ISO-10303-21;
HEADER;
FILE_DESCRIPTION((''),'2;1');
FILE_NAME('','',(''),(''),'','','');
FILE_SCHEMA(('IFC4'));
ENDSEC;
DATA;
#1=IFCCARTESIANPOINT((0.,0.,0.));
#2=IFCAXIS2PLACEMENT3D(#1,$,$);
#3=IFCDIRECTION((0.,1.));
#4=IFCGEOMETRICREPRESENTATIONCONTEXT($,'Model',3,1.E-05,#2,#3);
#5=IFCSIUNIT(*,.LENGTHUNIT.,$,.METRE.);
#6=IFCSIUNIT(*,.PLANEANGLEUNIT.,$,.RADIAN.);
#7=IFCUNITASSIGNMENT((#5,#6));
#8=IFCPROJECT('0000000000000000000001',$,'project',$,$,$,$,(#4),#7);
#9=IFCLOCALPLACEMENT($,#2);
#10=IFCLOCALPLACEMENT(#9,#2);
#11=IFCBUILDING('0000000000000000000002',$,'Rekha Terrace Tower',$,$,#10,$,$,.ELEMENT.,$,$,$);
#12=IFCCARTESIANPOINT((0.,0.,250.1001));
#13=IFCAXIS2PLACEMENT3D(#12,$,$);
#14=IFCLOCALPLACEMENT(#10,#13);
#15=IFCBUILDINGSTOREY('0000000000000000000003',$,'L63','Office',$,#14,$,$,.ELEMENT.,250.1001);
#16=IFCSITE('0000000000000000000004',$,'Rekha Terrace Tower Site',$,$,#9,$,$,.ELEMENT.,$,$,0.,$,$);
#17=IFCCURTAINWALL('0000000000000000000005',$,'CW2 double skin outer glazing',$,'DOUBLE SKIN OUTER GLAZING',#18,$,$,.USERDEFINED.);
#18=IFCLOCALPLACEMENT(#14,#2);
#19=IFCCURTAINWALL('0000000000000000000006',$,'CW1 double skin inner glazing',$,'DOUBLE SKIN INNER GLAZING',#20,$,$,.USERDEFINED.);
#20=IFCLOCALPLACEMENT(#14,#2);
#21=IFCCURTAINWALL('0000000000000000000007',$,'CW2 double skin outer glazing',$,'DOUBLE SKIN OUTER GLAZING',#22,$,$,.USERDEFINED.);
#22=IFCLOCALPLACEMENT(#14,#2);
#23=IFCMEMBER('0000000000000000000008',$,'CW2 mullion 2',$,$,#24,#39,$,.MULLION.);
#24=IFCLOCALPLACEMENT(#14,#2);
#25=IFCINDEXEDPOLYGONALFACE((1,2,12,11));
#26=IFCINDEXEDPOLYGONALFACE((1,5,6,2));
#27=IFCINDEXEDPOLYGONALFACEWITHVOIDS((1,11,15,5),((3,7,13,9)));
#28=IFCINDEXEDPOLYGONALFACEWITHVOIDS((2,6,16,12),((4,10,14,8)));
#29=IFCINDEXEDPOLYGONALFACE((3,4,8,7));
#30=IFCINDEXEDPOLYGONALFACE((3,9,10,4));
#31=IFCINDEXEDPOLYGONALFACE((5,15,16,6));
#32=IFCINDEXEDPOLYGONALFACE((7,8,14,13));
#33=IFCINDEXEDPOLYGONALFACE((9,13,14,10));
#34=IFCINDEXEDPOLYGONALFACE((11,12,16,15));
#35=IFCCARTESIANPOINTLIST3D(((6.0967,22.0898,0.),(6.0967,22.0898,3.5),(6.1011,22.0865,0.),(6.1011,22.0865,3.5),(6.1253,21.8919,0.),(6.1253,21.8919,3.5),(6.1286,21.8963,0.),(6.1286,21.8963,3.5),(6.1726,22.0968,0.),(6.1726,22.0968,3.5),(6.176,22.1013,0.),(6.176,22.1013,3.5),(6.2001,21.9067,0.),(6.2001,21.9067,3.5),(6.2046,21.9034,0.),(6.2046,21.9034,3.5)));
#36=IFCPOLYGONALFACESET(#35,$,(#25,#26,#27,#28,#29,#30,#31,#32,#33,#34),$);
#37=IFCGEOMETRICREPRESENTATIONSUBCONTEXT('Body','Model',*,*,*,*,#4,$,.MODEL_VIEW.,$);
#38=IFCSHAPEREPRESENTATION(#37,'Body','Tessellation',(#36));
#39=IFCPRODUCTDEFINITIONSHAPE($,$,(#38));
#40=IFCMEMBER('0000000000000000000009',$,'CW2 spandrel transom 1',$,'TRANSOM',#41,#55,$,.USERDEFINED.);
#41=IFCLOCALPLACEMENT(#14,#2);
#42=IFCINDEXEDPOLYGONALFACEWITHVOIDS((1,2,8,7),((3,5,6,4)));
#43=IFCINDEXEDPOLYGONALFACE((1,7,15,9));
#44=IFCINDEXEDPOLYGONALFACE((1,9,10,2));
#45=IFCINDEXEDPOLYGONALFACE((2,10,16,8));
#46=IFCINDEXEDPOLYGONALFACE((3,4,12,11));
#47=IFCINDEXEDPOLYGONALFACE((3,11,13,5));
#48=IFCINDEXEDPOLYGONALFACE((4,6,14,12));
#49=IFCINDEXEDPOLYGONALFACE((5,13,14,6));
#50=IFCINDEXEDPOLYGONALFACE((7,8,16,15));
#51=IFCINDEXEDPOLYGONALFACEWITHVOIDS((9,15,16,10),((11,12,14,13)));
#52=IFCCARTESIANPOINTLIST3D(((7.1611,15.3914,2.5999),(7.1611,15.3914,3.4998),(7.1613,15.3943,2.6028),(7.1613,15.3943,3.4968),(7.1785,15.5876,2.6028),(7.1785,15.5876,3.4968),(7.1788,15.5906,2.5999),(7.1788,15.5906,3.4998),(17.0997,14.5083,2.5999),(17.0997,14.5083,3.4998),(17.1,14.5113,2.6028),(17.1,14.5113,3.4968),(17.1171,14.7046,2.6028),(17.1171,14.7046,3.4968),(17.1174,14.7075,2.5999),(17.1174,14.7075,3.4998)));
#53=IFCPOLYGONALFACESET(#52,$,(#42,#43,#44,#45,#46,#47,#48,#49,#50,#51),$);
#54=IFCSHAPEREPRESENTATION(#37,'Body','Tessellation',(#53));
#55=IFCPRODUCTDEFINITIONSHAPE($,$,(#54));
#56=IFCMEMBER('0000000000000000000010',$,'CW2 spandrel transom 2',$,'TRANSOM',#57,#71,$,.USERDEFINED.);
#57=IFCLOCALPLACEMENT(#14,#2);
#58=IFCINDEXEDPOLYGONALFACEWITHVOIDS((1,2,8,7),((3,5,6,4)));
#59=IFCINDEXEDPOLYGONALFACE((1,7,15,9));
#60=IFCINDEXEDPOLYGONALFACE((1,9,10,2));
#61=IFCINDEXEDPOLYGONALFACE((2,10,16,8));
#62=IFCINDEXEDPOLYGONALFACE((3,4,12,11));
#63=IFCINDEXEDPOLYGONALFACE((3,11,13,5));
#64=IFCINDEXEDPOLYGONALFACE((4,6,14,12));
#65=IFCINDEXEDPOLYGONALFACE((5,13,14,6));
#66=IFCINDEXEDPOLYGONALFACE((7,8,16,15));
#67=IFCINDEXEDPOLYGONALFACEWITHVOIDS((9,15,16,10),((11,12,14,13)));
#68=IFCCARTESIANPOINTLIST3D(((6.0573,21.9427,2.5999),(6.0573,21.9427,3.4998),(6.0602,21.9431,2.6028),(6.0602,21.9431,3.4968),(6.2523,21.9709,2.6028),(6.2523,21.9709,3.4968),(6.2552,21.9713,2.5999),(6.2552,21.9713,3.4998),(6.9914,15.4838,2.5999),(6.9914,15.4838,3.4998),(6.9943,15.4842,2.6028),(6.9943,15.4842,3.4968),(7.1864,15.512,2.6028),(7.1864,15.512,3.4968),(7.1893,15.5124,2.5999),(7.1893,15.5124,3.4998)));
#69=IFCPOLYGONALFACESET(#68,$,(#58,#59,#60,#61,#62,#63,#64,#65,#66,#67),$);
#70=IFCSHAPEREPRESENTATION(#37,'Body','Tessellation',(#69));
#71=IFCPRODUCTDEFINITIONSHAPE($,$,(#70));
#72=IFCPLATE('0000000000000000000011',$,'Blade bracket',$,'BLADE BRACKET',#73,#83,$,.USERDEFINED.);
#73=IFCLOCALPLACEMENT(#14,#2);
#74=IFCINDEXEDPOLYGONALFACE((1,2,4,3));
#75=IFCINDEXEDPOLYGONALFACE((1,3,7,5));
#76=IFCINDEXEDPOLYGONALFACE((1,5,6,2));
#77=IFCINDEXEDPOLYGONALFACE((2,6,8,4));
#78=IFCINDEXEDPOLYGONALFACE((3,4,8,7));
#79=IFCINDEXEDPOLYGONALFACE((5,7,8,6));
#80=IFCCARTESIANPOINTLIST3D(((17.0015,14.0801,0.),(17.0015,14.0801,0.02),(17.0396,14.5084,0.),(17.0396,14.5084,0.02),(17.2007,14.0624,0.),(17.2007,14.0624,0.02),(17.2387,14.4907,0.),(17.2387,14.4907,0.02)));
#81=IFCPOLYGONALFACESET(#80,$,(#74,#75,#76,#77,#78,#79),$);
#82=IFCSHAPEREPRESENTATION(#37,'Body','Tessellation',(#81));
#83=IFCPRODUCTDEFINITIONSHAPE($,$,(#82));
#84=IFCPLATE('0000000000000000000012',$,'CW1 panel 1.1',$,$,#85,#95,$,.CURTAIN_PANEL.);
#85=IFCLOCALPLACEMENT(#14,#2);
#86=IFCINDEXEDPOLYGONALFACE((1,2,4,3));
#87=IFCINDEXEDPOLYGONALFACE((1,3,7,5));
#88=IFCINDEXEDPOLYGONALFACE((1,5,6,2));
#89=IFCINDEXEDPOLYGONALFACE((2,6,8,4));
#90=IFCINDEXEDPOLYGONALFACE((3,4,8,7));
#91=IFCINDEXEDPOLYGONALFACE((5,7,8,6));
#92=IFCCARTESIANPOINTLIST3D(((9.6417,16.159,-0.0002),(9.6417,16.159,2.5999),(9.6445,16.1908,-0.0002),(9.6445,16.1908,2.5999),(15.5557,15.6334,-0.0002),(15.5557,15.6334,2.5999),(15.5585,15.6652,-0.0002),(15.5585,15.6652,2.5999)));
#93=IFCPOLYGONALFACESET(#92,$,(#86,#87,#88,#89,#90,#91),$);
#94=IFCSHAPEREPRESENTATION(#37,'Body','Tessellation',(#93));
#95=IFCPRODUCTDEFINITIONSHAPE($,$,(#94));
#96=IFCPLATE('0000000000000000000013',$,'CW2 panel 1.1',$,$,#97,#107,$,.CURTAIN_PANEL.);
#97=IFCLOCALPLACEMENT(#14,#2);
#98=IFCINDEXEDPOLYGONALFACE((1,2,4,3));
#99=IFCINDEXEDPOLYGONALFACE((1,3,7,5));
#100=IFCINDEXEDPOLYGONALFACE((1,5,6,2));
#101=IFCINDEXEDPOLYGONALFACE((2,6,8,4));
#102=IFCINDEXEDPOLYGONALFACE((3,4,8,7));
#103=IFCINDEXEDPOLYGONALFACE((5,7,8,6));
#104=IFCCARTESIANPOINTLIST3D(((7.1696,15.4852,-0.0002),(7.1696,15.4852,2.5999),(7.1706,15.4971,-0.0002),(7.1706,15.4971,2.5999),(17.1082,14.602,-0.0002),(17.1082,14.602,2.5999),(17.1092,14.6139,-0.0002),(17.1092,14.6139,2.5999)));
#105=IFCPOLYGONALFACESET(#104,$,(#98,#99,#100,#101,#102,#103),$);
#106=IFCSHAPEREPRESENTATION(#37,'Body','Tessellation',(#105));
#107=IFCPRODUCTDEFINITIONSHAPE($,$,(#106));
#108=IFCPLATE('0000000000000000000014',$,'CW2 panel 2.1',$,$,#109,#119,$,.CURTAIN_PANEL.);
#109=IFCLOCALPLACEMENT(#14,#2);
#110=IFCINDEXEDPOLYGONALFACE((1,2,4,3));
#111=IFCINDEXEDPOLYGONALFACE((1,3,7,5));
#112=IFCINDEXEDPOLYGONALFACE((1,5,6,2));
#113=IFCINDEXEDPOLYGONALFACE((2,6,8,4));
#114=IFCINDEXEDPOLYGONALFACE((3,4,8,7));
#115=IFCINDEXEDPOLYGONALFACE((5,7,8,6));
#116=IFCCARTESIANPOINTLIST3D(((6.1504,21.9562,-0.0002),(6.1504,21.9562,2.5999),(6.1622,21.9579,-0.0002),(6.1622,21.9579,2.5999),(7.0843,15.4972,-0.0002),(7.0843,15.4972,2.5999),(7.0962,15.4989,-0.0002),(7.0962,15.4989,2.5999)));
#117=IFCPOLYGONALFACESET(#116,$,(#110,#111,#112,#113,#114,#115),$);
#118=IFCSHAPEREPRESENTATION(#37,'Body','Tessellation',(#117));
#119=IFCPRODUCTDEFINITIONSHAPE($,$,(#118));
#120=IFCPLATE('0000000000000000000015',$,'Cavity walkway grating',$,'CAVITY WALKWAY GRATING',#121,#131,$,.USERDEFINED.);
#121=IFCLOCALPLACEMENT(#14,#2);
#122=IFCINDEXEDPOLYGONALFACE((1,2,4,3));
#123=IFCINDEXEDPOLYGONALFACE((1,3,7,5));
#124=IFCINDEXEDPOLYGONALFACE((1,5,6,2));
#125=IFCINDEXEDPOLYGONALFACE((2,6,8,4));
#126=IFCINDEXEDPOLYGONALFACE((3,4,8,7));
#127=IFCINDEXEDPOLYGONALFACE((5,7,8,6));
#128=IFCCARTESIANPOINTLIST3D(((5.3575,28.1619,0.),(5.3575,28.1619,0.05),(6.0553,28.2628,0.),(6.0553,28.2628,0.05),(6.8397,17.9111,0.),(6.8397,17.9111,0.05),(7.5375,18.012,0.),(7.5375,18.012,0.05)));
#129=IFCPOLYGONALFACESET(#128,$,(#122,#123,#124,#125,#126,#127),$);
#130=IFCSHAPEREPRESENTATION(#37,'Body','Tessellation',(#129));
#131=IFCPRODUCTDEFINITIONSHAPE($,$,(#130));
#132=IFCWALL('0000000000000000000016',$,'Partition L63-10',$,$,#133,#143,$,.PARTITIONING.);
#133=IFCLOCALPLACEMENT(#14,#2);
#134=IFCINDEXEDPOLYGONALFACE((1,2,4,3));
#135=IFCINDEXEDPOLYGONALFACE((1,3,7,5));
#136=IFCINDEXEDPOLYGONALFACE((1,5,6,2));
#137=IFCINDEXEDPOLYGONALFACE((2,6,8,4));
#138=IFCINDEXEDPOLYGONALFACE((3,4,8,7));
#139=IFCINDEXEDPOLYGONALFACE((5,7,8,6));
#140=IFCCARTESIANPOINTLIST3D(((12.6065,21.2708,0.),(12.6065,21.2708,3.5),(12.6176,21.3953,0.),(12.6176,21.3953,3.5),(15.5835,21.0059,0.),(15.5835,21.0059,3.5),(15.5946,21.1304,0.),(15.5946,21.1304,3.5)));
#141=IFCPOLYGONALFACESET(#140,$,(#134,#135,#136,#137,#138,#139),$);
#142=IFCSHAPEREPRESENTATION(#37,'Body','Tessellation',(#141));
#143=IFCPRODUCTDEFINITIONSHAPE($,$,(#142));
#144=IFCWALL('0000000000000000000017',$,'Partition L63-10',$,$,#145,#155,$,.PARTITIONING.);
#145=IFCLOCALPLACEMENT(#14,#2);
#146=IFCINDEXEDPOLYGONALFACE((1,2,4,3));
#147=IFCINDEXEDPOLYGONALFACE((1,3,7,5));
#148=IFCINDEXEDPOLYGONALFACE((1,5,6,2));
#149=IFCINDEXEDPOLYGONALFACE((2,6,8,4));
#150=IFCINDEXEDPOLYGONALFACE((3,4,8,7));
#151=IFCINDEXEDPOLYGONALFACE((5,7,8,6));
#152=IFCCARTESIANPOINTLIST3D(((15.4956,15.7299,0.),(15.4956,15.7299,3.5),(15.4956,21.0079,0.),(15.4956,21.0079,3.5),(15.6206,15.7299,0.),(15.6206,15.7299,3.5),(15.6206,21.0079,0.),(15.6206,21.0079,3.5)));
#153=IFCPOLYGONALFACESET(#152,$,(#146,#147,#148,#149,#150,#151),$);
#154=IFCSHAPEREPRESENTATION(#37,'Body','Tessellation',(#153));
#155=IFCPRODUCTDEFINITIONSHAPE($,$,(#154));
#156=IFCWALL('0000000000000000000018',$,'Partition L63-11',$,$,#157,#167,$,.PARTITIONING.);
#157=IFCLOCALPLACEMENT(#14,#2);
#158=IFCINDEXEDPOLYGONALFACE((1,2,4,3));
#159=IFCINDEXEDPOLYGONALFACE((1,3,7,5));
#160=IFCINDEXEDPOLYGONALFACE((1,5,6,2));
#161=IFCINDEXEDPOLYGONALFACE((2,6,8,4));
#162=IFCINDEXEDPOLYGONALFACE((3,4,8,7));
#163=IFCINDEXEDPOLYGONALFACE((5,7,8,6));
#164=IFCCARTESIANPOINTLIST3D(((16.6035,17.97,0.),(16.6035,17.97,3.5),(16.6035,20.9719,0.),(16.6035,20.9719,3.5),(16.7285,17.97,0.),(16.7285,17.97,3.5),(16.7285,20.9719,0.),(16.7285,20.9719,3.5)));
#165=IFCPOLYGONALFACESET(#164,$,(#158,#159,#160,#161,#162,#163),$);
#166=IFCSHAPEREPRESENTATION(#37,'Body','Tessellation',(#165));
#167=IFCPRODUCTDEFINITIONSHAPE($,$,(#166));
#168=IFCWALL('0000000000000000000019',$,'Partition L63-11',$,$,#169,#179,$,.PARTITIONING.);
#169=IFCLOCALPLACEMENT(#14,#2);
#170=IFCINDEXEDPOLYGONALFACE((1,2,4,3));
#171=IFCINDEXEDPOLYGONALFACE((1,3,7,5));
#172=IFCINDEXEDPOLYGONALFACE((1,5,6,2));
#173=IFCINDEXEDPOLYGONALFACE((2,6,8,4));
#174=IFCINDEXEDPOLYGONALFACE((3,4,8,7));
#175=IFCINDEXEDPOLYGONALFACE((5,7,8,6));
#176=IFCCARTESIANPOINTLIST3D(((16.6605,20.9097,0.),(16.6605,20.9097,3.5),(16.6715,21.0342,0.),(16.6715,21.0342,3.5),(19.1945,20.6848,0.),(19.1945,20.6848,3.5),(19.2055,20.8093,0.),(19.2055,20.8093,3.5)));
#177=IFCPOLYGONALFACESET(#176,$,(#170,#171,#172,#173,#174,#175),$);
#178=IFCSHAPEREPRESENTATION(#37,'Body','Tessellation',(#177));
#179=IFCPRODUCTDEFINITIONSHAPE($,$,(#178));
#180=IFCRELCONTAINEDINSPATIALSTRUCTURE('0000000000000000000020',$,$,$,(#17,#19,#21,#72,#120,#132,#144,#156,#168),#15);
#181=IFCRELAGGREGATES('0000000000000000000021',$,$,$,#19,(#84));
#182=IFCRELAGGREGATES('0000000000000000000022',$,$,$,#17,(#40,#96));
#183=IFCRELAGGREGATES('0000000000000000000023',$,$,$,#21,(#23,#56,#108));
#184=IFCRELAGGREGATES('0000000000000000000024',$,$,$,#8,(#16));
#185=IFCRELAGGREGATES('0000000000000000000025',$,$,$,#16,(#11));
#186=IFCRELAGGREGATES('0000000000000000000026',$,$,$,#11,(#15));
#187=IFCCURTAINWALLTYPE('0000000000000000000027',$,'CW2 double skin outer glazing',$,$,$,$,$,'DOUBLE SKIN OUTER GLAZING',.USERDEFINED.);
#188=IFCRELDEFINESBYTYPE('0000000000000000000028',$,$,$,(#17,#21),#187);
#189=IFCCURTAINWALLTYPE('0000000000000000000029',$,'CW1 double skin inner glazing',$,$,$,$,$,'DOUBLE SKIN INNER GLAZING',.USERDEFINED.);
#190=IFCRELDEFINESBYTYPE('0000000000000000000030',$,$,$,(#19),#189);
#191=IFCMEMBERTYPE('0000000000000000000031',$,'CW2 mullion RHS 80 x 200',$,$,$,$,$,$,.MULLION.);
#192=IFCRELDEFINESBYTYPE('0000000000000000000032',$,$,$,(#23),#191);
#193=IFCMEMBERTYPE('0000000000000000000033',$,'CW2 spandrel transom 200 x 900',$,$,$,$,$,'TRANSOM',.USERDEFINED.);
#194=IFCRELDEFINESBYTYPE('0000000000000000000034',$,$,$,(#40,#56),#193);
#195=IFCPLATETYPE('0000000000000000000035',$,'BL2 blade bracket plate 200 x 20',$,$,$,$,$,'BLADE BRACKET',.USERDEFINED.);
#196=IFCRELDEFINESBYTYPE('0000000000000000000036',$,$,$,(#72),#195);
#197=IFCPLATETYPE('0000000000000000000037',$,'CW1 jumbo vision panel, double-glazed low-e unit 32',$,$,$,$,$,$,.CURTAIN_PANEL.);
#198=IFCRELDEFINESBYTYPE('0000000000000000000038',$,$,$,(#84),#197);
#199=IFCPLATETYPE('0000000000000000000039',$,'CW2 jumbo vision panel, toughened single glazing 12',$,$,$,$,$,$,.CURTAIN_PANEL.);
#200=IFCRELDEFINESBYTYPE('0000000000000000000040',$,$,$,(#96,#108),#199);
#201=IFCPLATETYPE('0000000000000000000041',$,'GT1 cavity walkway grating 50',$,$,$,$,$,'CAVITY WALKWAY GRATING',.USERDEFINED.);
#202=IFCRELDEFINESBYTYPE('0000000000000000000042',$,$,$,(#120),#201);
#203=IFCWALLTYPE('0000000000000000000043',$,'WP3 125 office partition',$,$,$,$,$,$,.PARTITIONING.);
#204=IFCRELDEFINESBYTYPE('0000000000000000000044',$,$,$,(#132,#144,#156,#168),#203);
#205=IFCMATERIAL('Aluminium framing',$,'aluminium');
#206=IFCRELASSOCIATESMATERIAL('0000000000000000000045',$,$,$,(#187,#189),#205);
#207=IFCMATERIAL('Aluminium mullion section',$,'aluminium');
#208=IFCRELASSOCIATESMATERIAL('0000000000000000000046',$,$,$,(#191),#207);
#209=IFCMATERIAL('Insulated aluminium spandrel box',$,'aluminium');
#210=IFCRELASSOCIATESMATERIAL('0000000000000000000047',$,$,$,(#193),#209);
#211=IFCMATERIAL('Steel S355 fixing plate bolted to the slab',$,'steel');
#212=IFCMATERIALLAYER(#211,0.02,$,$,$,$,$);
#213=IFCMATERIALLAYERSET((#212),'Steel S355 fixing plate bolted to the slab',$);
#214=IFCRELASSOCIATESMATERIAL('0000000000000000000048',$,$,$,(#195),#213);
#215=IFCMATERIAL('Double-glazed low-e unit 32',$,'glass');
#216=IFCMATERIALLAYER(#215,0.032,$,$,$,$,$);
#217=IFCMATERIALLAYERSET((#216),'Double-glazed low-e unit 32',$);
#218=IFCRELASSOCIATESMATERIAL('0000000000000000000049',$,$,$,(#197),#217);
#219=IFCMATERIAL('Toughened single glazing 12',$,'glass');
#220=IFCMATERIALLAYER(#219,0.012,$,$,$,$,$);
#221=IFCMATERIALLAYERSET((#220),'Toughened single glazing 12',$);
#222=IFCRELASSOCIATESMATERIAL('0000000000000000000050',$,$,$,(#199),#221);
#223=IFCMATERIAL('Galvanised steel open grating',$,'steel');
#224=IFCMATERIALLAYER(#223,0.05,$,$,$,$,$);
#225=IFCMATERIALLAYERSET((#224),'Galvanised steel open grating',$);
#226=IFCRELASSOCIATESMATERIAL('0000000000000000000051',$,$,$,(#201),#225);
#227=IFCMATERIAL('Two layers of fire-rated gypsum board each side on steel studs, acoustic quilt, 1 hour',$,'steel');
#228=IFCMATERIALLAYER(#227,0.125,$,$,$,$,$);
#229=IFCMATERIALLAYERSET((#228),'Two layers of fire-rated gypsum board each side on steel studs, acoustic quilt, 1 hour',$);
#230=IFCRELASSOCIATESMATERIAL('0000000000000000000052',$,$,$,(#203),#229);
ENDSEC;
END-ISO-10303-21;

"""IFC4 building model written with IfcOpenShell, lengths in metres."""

from ifc_helpers import new_model, si_unit, direction, frame, frame_2d, origin, origin_2d, place, context, subcontext, project, spatial, rectangle, hollow_rectangle, extrude, material, layer, layer_set, material_profile, profile_set, type_object, element, aggregate, save


model = new_model("IFC4")

# Units and contexts
model_context = context("Model", 3, precision=1e-05, world=origin(), true_north=direction((0.0, 1.0)))
body_context = subcontext(model_context, "Body", "Model", "MODEL_VIEW")
ifc_project = project(units=[si_unit("LENGTHUNIT", "METRE"), si_unit("PLANEANGLEUNIT", "RADIAN")], contexts=[model_context])

# Site, building, storey
site_placement = place(None, origin())
site = spatial("IfcSite", under=ifc_project, at=site_placement, Name="Rekha Terrace Tower Site", CompositionType="ELEMENT", RefElevation=0.0)
building_placement = place(site_placement, origin())
building = spatial("IfcBuilding", under=site, at=building_placement, Name="Rekha Terrace Tower", CompositionType="ELEMENT")
storey_placement = place(building_placement, frame((0.0, 0.0, 250.1001)))
storey = spatial("IfcBuildingStorey", under=building, at=storey_placement, Name="L63", Description="Office", CompositionType="ELEMENT", Elevation=250.1001)

# Curtain wall
ifc_material_1 = material(Name="Aluminium framing", Category="aluminium")
curtain_wall_type_1 = type_object("IfcCurtainWallType", Name="CW2 double skin outer glazing", ElementType="DOUBLE SKIN OUTER GLAZING", PredefinedType="USERDEFINED", material=ifc_material_1)
curtain_wall_1_placement = place(storey_placement, origin())
curtain_wall_1 = element("IfcCurtainWall", 1, at=curtain_wall_1_placement, inside=storey, type_object=curtain_wall_type_1, Name="CW2 double skin outer glazing", ObjectType="DOUBLE SKIN OUTER GLAZING", PredefinedType="USERDEFINED")

# Curtain wall
curtain_wall_type_2 = type_object("IfcCurtainWallType", Name="CW1 double skin inner glazing", ElementType="DOUBLE SKIN INNER GLAZING", PredefinedType="USERDEFINED", material=ifc_material_1)
curtain_wall_2_placement = place(storey_placement, origin())
curtain_wall_2 = element("IfcCurtainWall", 2, at=curtain_wall_2_placement, inside=storey, type_object=curtain_wall_type_2, Name="CW1 double skin inner glazing", ObjectType="DOUBLE SKIN INNER GLAZING", PredefinedType="USERDEFINED")
ifc_material_2 = material(Name="Aluminium mullion section", Category="aluminium")

# Shared definitions
ifc_material_3 = material(Name="Insulated aluminium spandrel box", Category="aluminium")
ifc_material_profile_1 = material_profile(ifc_material_2, hollow_rectangle(XDim=0.0801, YDim=0.2, WallThickness=0.0039, at=origin_2d()), Name="AL RHS 80x200")
ifc_profile_set_1 = profile_set([ifc_material_profile_1], Name="Aluminium mullion section")
member_type_1 = type_object("IfcMemberType", Name="CW2 mullion RHS 80 x 200", PredefinedType="MULLION", material=ifc_profile_set_1)

# Curtain wall, member
curtain_wall_3_placement = place(storey_placement, origin())
curtain_wall_3 = element("IfcCurtainWall", 3, at=curtain_wall_3_placement, inside=storey, type_object=curtain_wall_type_1, Name="CW2 double skin outer glazing", ObjectType="DOUBLE SKIN OUTER GLAZING", PredefinedType="USERDEFINED")
member_1_placement = place(storey_placement, frame((6.1506, 21.9966, 0.0), z_axis=(0.0, 0.0, 1.0), x_axis=(0.989707, 0.143108, 0.0)))
member_1 = element("IfcMember", 4, at=member_1_placement, type_object=member_type_1, Name="CW2 mullion 2", PredefinedType="MULLION", context=body_context, shape_type="SweptSolid", body=[
    extrude(hollow_rectangle(XDim=0.0801, YDim=0.2, WallThickness=0.0039, at=origin_2d()), origin(), (0.0, 0.0, 1.0), 3.5),
])

# Members
ifc_material_profile_2 = material_profile(ifc_material_3, hollow_rectangle(XDim=0.2, YDim=0.8999, WallThickness=0.0029, at=origin_2d()), Name="AL SPANDREL BOX 200x900")
ifc_profile_set_2 = profile_set([ifc_material_profile_2], Name="Insulated aluminium spandrel box")
member_type_2 = type_object("IfcMemberType", Name="CW2 spandrel transom 200 x 900", ElementType="TRANSOM", PredefinedType="USERDEFINED", material=ifc_profile_set_2)
member_2_placement = place(storey_placement, frame((7.1699, 15.491, 3.0498), z_axis=(0.996076, -0.088501, 0.0), x_axis=(0.088501, 0.996076, 0.0)))
member_2 = element("IfcMember", 5, at=member_2_placement, type_object=member_type_2, Name="CW2 spandrel transom 1", ObjectType="TRANSOM", PredefinedType="USERDEFINED", context=body_context, shape_type="SweptSolid", body=[
    extrude(hollow_rectangle(XDim=0.2, YDim=0.8999, WallThickness=0.0029, at=origin_2d()), origin(), (0.0, 0.0, 1.0), 9.9778),
])
member_3_placement = place(storey_placement, frame((6.1562, 21.957, 3.0498), z_axis=(0.143129, -0.989704, 0.0), x_axis=(0.989704, 0.143129, 0.0)))
member_3 = element("IfcMember", 6, at=member_3_placement, type_object=member_type_2, Name="CW2 spandrel transom 2", ObjectType="TRANSOM", PredefinedType="USERDEFINED", context=body_context, shape_type="SweptSolid", body=[
    extrude(hollow_rectangle(XDim=0.2, YDim=0.8999, WallThickness=0.0029, at=origin_2d()), origin(), (0.0, 0.0, 1.0), 6.5261),
])

# Plates
ifc_material_4 = material(Name="Steel S355 fixing plate bolted to the slab", Category="steel")
ifc_layer_1 = layer(ifc_material_4, 0.02)
ifc_layer_set_1 = layer_set([ifc_layer_1], Name="Steel S355 fixing plate bolted to the slab")
plate_type_1 = type_object("IfcPlateType", Name="BL2 blade bracket plate 200 x 20", ElementType="BLADE BRACKET", PredefinedType="USERDEFINED", material=ifc_layer_set_1)
plate_1_placement = place(storey_placement, frame((17.1201, 14.2854, 0.0), z_axis=(0.0, 0.0, 1.0), x_axis=(-0.088522, -0.996074, 0.0)))
element("IfcPlate", 7, at=plate_1_placement, inside=storey, type_object=plate_type_1, Name="Blade bracket", ObjectType="BLADE BRACKET", PredefinedType="USERDEFINED", context=body_context, shape_type="SweptSolid", body=[
    extrude(rectangle(XDim=0.4299, YDim=0.2, at=origin_2d()), origin(), (0.0, 0.0, 1.0), 0.02),
])
ifc_material_5 = material(Name="Double-glazed low-e unit 32", Category="glass")
ifc_layer_2 = layer(ifc_material_5, 0.032)
ifc_layer_set_2 = layer_set([ifc_layer_2], Name="Double-glazed low-e unit 32")
plate_type_2 = type_object("IfcPlateType", Name="CW1 jumbo vision panel, double-glazed low-e unit 32", PredefinedType="CURTAIN_PANEL", material=ifc_layer_set_2)
plate_2_placement = place(storey_placement, frame((12.6001, 15.9121, -0.0002), z_axis=(0.0, 0.0, 1.0), x_axis=(0.996074, -0.088522, 0.0)))
plate_2 = element("IfcPlate", 8, at=plate_2_placement, type_object=plate_type_2, Name="CW1 panel 1.1", PredefinedType="CURTAIN_PANEL", context=body_context, shape_type="SweptSolid", body=[
    extrude(rectangle(XDim=5.9373, YDim=0.032, at=origin_2d()), origin(), (0.0, 0.0, 1.0), 2.6001),
])
aggregate(curtain_wall_2, [plate_2])
ifc_material_6 = material(Name="Toughened single glazing 12", Category="glass")
ifc_layer_3 = layer(ifc_material_6, 0.012)
ifc_layer_set_3 = layer_set([ifc_layer_3], Name="Toughened single glazing 12")
plate_type_3 = type_object("IfcPlateType", Name="CW2 jumbo vision panel, toughened single glazing 12", PredefinedType="CURTAIN_PANEL", material=ifc_layer_set_3)
plate_3_placement = place(storey_placement, frame((12.1394, 15.0496, -0.0002), z_axis=(0.0, 0.0, 1.0), x_axis=(0.996074, -0.088522, 0.0)))
plate_3 = element("IfcPlate", 9, at=plate_3_placement, type_object=plate_type_3, Name="CW2 panel 1.1", PredefinedType="CURTAIN_PANEL", context=body_context, shape_type="SweptSolid", body=[
    extrude(rectangle(XDim=9.9778, YDim=0.012, at=origin_2d()), origin(), (0.0, 0.0, 1.0), 2.6001),
])
aggregate(curtain_wall_1, [member_2, plate_3])
plate_4_placement = place(storey_placement, frame((6.6233, 18.7275, -0.0002), z_axis=(0.0, 0.0, 1.0), x_axis=(0.143108, -0.989707, 0.0)))
plate_4 = element("IfcPlate", 10, at=plate_4_placement, type_object=plate_type_3, Name="CW2 panel 2.1", PredefinedType="CURTAIN_PANEL", context=body_context, shape_type="SweptSolid", body=[
    extrude(rectangle(XDim=6.5261, YDim=0.012, at=origin_2d()), origin(), (0.0, 0.0, 1.0), 2.6001),
])
aggregate(curtain_wall_3, [member_1, member_3, plate_4])
ifc_material_7 = material(Name="Galvanised steel open grating", Category="steel")
ifc_layer_4 = layer(ifc_material_7, 0.05)
ifc_layer_set_4 = layer_set([ifc_layer_4], Name="Galvanised steel open grating")
plate_type_4 = type_object("IfcPlateType", Name="GT1 cavity walkway grating 50", ElementType="CAVITY WALKWAY GRATING", PredefinedType="USERDEFINED", material=ifc_layer_set_4)
plate_5_placement = place(storey_placement, frame((6.4475, 23.0869, 0.0), z_axis=(0.0, 0.0, 1.0), x_axis=(0.143108, -0.989707, 0.0)))
element("IfcPlate", 11, at=plate_5_placement, inside=storey, type_object=plate_type_4, Name="Cavity walkway grating", ObjectType="CAVITY WALKWAY GRATING", PredefinedType="USERDEFINED", context=body_context, shape_type="SweptSolid", body=[
    extrude(rectangle(XDim=10.3574, YDim=0.7051, at=origin_2d()), origin(), (0.0, 0.0, 1.0), 0.05),
])

# Walls
ifc_material_8 = material(Name="Two layers of fire-rated gypsum board each side on steel studs, acoustic quilt, 1 hour", Category="steel")
ifc_layer_5 = layer(ifc_material_8, 0.125)
ifc_layer_set_5 = layer_set([ifc_layer_5], Name="Two layers of fire-rated gypsum board each side on steel studs, acoustic quilt, 1 hour")
wall_type = type_object("IfcWallType", Name="WP3 125 office partition", PredefinedType="PARTITIONING", material=ifc_layer_set_5)
wall_1_placement = place(storey_placement, frame((12.6121, 21.333, 0.0), z_axis=(0.0, 0.0, 1.0), x_axis=(0.996065, -0.088628, 0.0)))
element("IfcWall", 12, at=wall_1_placement, inside=storey, type_object=wall_type, Name="Partition L63-10", PredefinedType="PARTITIONING", context=body_context, shape_type="SweptSolid", body=[
    extrude(rectangle(XDim=2.9888, YDim=0.125, at=frame_2d((1.4944, 0.0))), origin(), (0.0, 0.0, 1.0), 3.5),
])
wall_2_placement = place(storey_placement, frame((15.5581, 21.0081, 0.0), z_axis=(0.0, 0.0, 1.0), x_axis=(0.0, -1.0, 0.0)))
element("IfcWall", 13, at=wall_2_placement, inside=storey, type_object=wall_type, Name="Partition L63-10", PredefinedType="PARTITIONING", context=body_context, shape_type="SweptSolid", body=[
    extrude(rectangle(XDim=5.2781, YDim=0.125, at=frame_2d((2.6392, 0.0))), origin(), (0.0, 0.0, 1.0), 3.5),
])
wall_3_placement = place(storey_placement, frame((16.666, 17.97, 0.0), z_axis=(0.0, 0.0, 1.0), x_axis=(0.0, 1.0, 0.0)))
element("IfcWall", 14, at=wall_3_placement, inside=storey, type_object=wall_type, Name="Partition L63-11", PredefinedType="PARTITIONING", context=body_context, shape_type="SweptSolid", body=[
    extrude(rectangle(XDim=3.002, YDim=0.125, at=frame_2d((1.501, 0.0))), origin(), (0.0, 0.0, 1.0), 3.5),
])
wall_4_placement = place(storey_placement, frame((16.666, 20.9719, 0.0), z_axis=(0.0, 0.0, 1.0), x_axis=(0.996086, -0.08839, 0.0)))
element("IfcWall", 15, at=wall_4_placement, inside=storey, type_object=wall_type, Name="Partition L63-11", PredefinedType="PARTITIONING", context=body_context, shape_type="SweptSolid", body=[
    extrude(rectangle(XDim=2.5439, YDim=0.125, at=frame_2d((1.272, 0.0))), origin(), (0.0, 0.0, 1.0), 3.5),
])

save(model, "model.ifc")
